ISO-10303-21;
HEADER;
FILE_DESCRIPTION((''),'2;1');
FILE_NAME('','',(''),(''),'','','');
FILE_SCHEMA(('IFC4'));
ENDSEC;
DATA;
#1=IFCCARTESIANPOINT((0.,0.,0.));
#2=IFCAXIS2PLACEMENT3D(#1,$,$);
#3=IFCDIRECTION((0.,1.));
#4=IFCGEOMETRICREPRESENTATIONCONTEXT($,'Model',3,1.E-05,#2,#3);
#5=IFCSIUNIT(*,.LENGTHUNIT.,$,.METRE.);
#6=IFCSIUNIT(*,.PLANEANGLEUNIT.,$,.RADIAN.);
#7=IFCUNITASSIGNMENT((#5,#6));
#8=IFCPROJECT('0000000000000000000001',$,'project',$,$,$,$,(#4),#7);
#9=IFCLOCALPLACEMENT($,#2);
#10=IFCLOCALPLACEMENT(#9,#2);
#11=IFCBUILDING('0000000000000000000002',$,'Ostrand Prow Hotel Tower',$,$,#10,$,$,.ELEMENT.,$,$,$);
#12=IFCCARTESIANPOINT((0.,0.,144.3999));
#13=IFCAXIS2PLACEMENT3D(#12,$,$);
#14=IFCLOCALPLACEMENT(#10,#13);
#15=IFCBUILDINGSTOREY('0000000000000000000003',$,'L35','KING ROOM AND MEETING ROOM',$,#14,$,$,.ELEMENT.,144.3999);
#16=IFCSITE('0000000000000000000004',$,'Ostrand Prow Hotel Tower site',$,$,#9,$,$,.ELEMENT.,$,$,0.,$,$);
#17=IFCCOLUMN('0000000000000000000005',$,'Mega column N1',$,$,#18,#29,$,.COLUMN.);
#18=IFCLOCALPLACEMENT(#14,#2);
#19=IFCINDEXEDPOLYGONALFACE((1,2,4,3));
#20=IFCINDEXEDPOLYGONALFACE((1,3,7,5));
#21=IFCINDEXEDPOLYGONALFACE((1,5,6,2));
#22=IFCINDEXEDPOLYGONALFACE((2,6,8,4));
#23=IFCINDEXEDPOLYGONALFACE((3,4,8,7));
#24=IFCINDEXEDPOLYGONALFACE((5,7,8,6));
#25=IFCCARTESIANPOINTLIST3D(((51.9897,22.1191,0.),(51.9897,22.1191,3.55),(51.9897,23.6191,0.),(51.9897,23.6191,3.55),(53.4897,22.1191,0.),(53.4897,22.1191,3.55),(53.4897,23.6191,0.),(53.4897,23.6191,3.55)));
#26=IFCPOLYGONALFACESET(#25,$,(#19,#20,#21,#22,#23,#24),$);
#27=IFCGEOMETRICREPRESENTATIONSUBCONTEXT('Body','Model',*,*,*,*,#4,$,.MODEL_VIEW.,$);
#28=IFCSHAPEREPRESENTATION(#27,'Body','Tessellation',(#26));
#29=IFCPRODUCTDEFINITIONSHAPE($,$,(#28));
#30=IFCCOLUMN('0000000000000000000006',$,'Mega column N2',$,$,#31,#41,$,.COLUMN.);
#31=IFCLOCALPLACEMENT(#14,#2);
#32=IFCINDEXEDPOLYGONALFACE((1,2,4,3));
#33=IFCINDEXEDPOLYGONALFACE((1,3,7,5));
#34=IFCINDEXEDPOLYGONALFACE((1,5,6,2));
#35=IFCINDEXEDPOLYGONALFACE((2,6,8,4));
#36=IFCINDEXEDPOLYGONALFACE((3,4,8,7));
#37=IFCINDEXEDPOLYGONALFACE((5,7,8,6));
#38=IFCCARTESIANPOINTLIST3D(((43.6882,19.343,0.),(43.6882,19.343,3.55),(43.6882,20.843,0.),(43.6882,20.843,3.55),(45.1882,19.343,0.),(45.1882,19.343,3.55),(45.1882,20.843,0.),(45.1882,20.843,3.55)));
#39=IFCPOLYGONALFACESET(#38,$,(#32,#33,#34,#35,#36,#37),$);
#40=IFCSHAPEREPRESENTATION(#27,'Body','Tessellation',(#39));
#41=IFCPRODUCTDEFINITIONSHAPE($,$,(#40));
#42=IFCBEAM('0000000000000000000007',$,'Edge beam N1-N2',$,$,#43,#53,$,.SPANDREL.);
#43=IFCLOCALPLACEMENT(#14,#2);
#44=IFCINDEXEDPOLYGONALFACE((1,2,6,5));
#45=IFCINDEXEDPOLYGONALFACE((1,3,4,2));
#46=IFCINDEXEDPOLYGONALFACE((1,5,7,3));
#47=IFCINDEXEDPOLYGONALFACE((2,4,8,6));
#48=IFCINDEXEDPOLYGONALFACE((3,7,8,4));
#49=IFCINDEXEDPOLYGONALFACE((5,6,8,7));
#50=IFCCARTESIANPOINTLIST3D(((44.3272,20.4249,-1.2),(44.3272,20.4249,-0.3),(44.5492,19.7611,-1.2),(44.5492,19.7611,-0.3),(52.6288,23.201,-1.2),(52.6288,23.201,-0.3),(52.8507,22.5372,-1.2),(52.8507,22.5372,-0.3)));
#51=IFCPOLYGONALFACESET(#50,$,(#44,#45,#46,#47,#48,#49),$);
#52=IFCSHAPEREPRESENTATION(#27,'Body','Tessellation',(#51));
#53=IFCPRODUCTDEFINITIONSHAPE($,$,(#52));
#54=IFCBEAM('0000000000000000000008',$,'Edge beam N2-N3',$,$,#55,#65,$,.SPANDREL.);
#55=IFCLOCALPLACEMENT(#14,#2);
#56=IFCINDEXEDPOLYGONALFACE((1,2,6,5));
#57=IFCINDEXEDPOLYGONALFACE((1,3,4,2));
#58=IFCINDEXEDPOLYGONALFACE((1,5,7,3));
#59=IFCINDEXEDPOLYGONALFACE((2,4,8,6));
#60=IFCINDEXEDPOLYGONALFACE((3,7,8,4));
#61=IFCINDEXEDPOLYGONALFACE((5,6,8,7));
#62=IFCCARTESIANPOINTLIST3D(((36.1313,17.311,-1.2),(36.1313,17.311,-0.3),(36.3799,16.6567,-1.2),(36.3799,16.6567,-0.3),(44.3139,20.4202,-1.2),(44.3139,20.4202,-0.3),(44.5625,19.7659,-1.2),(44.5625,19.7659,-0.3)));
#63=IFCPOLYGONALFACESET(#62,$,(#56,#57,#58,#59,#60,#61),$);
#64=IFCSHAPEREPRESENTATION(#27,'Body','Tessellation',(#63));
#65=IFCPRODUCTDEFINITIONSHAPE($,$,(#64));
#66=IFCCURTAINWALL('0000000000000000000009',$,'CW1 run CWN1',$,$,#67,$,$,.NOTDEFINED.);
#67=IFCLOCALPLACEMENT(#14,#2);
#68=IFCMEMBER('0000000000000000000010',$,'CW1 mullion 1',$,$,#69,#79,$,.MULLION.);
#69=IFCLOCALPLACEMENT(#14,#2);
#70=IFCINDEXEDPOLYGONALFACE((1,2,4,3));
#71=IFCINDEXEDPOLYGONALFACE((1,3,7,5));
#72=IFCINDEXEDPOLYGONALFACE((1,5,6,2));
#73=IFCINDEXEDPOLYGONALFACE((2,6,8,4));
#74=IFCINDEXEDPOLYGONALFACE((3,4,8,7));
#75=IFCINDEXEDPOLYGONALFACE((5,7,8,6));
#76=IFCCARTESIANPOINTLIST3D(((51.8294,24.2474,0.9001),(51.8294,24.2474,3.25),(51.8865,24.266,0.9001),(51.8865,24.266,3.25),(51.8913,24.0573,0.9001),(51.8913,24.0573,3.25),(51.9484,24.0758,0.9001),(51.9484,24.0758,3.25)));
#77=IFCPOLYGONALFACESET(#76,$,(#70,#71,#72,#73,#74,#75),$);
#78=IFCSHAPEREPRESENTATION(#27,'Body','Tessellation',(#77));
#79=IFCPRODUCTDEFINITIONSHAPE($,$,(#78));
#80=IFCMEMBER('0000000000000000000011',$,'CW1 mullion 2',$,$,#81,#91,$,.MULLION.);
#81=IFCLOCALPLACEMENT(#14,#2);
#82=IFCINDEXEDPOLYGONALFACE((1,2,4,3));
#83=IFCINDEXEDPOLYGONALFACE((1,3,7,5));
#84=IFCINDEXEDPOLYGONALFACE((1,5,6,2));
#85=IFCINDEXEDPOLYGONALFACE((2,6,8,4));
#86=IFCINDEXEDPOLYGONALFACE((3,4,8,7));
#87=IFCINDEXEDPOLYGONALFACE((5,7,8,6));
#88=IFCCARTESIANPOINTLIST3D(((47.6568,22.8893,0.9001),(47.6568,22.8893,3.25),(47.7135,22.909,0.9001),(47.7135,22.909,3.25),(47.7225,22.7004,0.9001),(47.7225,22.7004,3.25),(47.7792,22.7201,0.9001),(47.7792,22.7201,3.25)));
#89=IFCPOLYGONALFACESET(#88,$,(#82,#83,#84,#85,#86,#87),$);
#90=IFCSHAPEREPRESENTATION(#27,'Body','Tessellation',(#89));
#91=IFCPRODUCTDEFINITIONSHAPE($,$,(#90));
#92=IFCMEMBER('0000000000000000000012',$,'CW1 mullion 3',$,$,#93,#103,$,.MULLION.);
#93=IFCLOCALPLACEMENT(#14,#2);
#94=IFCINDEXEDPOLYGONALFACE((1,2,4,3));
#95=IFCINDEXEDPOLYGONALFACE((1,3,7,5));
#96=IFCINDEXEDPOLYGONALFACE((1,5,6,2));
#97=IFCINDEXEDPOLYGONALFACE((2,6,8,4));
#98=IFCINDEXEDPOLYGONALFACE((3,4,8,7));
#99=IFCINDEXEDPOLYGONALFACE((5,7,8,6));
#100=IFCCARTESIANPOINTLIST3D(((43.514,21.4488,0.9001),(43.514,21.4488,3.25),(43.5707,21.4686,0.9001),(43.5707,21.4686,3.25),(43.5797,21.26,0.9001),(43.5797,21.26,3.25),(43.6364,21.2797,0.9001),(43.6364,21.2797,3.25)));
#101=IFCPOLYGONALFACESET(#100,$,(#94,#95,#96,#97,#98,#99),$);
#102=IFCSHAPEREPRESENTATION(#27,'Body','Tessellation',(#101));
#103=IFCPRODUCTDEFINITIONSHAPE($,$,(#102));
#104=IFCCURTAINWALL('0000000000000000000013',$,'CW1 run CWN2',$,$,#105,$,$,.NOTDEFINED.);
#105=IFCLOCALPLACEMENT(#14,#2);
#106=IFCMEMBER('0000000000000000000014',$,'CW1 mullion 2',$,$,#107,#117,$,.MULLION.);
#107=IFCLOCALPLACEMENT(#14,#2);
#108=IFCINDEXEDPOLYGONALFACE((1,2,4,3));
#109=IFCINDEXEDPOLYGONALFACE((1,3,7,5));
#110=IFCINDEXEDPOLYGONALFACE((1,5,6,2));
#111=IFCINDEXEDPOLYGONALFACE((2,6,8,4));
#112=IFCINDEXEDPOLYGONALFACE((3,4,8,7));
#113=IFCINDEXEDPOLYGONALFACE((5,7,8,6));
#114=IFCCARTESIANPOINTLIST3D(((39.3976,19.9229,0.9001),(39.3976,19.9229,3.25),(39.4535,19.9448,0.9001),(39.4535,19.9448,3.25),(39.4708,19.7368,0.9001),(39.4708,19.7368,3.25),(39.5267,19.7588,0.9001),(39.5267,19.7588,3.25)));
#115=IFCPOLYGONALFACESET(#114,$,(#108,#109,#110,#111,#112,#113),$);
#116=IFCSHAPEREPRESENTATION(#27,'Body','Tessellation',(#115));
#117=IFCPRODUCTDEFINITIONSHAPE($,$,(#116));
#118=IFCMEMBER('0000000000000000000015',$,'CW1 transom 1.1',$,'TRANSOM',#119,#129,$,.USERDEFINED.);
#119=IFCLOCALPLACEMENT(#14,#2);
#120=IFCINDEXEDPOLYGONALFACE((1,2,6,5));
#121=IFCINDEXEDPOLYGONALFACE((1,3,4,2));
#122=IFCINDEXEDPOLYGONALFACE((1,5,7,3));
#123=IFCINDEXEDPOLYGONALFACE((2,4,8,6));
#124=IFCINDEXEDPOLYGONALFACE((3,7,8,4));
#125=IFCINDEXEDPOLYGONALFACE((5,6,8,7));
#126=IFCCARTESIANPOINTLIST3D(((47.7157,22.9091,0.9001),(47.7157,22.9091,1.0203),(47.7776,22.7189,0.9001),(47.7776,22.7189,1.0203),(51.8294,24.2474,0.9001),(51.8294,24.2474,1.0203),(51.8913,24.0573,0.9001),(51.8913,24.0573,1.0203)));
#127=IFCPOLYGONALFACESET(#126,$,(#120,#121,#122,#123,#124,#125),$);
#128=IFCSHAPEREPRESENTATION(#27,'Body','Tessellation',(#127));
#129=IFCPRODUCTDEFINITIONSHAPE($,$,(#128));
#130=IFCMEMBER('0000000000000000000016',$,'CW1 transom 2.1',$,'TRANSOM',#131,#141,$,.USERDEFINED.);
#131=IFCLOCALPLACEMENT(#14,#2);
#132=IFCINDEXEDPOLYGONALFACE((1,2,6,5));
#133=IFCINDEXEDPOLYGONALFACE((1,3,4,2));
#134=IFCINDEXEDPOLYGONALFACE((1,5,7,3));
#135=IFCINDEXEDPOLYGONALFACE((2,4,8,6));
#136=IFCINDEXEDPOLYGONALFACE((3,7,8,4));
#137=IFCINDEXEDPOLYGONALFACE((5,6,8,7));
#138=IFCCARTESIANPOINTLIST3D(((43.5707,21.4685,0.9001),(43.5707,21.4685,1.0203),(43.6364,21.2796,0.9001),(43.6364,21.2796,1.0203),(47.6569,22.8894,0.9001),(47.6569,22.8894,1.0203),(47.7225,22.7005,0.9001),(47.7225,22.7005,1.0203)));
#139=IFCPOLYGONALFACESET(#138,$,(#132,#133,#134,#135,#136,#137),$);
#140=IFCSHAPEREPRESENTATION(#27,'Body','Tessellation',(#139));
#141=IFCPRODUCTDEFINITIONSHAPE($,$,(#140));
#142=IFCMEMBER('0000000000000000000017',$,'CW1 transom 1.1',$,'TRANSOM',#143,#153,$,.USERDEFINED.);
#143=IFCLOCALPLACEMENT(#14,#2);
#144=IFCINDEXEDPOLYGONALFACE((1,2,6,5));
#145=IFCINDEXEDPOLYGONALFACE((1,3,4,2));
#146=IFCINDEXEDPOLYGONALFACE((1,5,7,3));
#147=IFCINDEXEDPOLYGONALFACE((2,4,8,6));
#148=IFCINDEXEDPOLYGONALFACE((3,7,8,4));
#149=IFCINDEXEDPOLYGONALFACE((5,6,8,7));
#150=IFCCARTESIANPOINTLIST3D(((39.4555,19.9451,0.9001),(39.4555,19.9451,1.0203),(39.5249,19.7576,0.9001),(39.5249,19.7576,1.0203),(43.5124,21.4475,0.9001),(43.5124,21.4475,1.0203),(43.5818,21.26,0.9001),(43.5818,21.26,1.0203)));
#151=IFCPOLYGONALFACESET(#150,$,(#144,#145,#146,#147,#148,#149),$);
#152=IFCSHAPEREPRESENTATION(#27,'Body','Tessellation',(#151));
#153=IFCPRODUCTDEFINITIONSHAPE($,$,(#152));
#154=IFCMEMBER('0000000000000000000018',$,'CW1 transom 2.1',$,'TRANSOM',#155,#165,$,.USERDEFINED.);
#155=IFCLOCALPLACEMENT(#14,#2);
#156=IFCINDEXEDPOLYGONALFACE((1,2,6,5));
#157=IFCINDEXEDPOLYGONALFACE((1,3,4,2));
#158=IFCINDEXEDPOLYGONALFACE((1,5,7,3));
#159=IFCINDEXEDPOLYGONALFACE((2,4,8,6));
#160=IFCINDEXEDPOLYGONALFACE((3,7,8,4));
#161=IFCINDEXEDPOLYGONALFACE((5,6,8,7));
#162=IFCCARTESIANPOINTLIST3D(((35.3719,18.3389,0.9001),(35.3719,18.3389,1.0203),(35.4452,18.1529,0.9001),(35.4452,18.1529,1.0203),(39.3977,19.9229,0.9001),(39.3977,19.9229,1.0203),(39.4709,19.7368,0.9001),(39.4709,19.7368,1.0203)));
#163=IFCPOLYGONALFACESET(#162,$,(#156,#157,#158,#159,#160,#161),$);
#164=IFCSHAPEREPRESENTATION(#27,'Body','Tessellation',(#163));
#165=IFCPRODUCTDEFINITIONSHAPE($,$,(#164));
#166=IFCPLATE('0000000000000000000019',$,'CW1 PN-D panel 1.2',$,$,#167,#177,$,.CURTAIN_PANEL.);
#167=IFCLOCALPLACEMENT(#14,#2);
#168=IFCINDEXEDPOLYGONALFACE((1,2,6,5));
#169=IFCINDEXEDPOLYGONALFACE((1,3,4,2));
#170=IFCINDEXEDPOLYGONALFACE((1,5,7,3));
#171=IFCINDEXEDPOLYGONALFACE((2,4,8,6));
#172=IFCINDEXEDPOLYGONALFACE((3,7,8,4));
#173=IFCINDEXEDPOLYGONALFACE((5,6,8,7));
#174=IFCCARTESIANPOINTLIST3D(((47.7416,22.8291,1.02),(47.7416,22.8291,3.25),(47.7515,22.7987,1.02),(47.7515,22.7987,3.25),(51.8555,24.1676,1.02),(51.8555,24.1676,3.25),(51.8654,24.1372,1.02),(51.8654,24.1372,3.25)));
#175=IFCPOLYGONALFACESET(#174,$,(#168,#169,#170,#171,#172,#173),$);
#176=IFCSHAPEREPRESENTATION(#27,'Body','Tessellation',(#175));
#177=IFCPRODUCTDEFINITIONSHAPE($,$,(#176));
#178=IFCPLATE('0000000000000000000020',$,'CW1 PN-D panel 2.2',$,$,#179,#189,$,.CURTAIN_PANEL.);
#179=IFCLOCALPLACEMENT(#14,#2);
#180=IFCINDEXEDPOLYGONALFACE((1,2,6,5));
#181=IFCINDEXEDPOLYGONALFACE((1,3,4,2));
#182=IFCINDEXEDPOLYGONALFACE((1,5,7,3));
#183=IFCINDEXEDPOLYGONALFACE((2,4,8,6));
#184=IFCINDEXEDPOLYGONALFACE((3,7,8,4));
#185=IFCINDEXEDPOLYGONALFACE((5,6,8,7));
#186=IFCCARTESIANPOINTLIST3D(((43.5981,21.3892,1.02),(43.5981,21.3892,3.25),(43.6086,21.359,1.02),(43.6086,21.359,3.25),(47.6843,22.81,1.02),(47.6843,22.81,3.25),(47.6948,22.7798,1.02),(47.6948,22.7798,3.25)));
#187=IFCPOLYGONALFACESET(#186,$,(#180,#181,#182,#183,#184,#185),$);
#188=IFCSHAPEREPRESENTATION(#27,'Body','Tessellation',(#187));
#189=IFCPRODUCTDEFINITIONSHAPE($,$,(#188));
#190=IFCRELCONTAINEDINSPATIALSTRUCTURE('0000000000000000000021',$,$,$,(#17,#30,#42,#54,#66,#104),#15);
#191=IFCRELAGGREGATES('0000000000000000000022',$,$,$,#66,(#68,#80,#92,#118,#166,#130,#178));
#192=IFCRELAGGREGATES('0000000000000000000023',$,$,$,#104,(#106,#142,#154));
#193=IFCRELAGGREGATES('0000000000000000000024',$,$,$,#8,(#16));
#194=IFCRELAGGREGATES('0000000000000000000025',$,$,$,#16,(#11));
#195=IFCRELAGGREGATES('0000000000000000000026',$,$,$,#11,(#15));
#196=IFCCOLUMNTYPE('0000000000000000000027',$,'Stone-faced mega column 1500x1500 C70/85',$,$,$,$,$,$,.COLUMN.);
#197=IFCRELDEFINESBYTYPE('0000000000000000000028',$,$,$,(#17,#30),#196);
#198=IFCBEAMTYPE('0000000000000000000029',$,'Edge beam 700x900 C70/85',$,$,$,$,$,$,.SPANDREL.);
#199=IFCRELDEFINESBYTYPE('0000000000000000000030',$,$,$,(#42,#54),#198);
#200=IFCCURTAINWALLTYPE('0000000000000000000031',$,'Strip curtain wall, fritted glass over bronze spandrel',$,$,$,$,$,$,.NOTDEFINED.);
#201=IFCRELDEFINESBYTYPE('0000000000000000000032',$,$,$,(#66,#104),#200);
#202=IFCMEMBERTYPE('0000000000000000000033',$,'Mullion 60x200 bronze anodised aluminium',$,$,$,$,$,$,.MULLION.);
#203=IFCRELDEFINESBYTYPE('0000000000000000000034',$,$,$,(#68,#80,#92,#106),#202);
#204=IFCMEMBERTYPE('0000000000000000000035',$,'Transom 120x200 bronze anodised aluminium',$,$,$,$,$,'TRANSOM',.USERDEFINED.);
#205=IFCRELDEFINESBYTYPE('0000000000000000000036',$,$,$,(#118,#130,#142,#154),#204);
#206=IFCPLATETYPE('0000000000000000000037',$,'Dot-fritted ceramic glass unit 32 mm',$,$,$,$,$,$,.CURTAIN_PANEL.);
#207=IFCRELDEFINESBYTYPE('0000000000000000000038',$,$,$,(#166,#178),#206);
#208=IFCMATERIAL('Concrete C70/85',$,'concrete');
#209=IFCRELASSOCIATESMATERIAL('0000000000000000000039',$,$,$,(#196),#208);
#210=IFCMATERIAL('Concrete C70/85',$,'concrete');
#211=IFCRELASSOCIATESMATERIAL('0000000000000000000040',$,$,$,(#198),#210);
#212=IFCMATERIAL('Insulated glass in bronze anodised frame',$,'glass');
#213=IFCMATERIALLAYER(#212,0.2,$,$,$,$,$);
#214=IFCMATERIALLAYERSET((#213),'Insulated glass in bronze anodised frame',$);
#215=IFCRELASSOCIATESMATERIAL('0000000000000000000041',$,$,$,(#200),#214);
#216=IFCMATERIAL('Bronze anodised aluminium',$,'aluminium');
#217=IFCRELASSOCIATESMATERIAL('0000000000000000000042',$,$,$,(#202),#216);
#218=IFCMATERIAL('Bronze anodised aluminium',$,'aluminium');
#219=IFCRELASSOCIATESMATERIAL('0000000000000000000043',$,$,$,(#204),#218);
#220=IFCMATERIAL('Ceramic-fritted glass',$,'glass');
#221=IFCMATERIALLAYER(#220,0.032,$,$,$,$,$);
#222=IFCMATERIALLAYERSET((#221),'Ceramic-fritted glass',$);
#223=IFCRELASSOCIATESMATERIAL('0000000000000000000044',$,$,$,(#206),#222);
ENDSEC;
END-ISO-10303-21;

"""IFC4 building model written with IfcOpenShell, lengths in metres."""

from ifc_helpers import new_model, si_unit, direction, frame, origin, origin_2d, place, context, subcontext, project, spatial, rectangle, extrude, material, layer, layer_set, material_profile, profile_set, type_object, element, aggregate, save


model = new_model("IFC4")

# Units and contexts
model_context = context("Model", 3, precision=1e-05, world=origin(), true_north=direction((0.0, 1.0)))
body_context = subcontext(model_context, "Body", "Model", "MODEL_VIEW")
ifc_project = project(units=[si_unit("LENGTHUNIT", "METRE"), si_unit("PLANEANGLEUNIT", "RADIAN")], contexts=[model_context])

# Site, building, storey
site_placement = place(None, origin())
site = spatial("IfcSite", under=ifc_project, at=site_placement, Name="Ostrand Prow Hotel Tower site", CompositionType="ELEMENT", RefElevation=0.0)
building_placement = place(site_placement, origin())
building = spatial("IfcBuilding", under=site, at=building_placement, Name="Ostrand Prow Hotel Tower", CompositionType="ELEMENT")
storey_placement = place(building_placement, frame((0.0, 0.0, 144.3999)))
storey = spatial("IfcBuildingStorey", under=building, at=storey_placement, Name="L35", Description="KING ROOM AND MEETING ROOM", CompositionType="ELEMENT", Elevation=144.3999)

# Columns
ifc_material_1 = material(Name="Concrete C70/85", Category="concrete")
ifc_material_profile_1 = material_profile(ifc_material_1, rectangle(XDim=1.5, YDim=1.5, at=origin_2d()), Name="RC 1500x1500")
ifc_profile_set_1 = profile_set([ifc_material_profile_1], Name="Concrete C70/85")
column_type = type_object("IfcColumnType", Name="Stone-faced mega column 1500x1500 C70/85", PredefinedType="COLUMN", material=ifc_profile_set_1)
for number, where, z_axis, x_axis, name in (
    (1, (52.7397, 22.8691, 0.0), (0.0, 0.0, 1.0), (1.0, 0.0, 0.0), "Mega column N1"),
    (2, (44.4382, 20.093, 0.0), (0.0, 0.0, 1.0), (1.0, 0.0, 0.0), "Mega column N2"),
):
    element("IfcColumn", number, at=place(storey_placement, frame(where, z_axis=z_axis, x_axis=x_axis)), inside=storey, type_object=column_type, Name=name, PredefinedType="COLUMN", context=body_context, shape_type="SweptSolid", body=[
        extrude(rectangle(XDim=1.5, YDim=1.5, at=origin_2d()), origin(), (0.0, 0.0, 1.0), 3.55),
    ])

# Beams
ifc_material_2 = material(Name="Concrete C70/85", Category="concrete")
ifc_material_profile_2 = material_profile(ifc_material_2, rectangle(XDim=0.7, YDim=0.8999, at=origin_2d()), Name="RC 700x900")
ifc_profile_set_2 = profile_set([ifc_material_profile_2], Name="Concrete C70/85")
beam_type = type_object("IfcBeamType", Name="Edge beam 700x900 C70/85", PredefinedType="SPANDREL", material=ifc_profile_set_2)
for number, where, z_axis, x_axis, name in (
    (3, (52.7397, 22.8691, -0.75), (-0.948376, -0.317148, 0.0), (0.317148, -0.948376, 0.0), "Edge beam N1-N2"),
    (4, (44.4382, 20.093, -0.75), (-0.934794, -0.355191, 0.0), (0.355191, -0.934794, 0.0), "Edge beam N2-N3"),
):
    element("IfcBeam", number, at=place(storey_placement, frame(where, z_axis=z_axis, x_axis=x_axis)), inside=storey, type_object=beam_type, Name=name, PredefinedType="SPANDREL", context=body_context, shape_type="SweptSolid", body=[
        extrude(rectangle(XDim=0.7, YDim=0.8999, at=origin_2d()), origin(), (0.0, 0.0, 1.0), 8.7534),
    ])

# Curtain wall, members
ifc_material_3 = material(Name="Insulated glass in bronze anodised frame", Category="glass")
ifc_layer_1 = layer(ifc_material_3, 0.2)
ifc_layer_set_1 = layer_set([ifc_layer_1], Name="Insulated glass in bronze anodised frame")
curtain_wall_type = type_object("IfcCurtainWallType", Name="Strip curtain wall, fritted glass over bronze spandrel", PredefinedType="NOTDEFINED", material=ifc_layer_set_1)
curtain_wall_1_placement = place(storey_placement, origin())
curtain_wall_1 = element("IfcCurtainWall", 5, at=curtain_wall_1_placement, inside=storey, type_object=curtain_wall_type, Name="CW1 run CWN1", PredefinedType="NOTDEFINED")
ifc_material_4 = material(Name="Bronze anodised aluminium", Category="aluminium")
ifc_material_profile_3 = material_profile(ifc_material_4, rectangle(XDim=0.2, YDim=0.0601, at=origin_2d()), Name="Mullion 60x200 bronze anodised aluminium")
ifc_profile_set_3 = profile_set([ifc_material_profile_3], Name="Bronze anodised aluminium")
member_type_1 = type_object("IfcMemberType", Name="Mullion 60x200 bronze anodised aluminium", PredefinedType="MULLION", material=ifc_profile_set_3)
member_1_placement = place(storey_placement, frame((51.8889, 24.1616, 0.9001), z_axis=(0.0, 0.0, 1.0), x_axis=(0.30938, -0.950938, 0.0)))
member_1 = element("IfcMember", 6, at=member_1_placement, type_object=member_type_1, Name="CW1 mullion 1", PredefinedType="MULLION", context=body_context, shape_type="SweptSolid", body=[
    extrude(rectangle(XDim=0.2, YDim=0.0601, at=origin_2d()), origin(), (0.0, 0.0, 1.0), 2.3499),
])
member_2_placement = place(storey_placement, frame((47.718, 22.8047, 0.9001), z_axis=(0.0, 0.0, 1.0), x_axis=(0.328428, -0.944529, 0.0)))
member_2 = element("IfcMember", 7, at=member_2_placement, type_object=member_type_1, Name="CW1 mullion 2", PredefinedType="MULLION", context=body_context, shape_type="SweptSolid", body=[
    extrude(rectangle(XDim=0.2, YDim=0.0601, at=origin_2d()), origin(), (0.0, 0.0, 1.0), 2.3499),
])
member_3_placement = place(storey_placement, frame((43.5752, 21.3643, 0.9001), z_axis=(0.0, 0.0, 1.0), x_axis=(0.328428, -0.944529, 0.0)))
member_3 = element("IfcMember", 8, at=member_3_placement, type_object=member_type_1, Name="CW1 mullion 3", PredefinedType="MULLION", context=body_context, shape_type="SweptSolid", body=[
    extrude(rectangle(XDim=0.2, YDim=0.0601, at=origin_2d()), origin(), (0.0, 0.0, 1.0), 2.3499),
])

# Curtain wall, member
curtain_wall_2_placement = place(storey_placement, origin())
curtain_wall_2 = element("IfcCurtainWall", 9, at=curtain_wall_2_placement, inside=storey, type_object=curtain_wall_type, Name="CW1 run CWN2", PredefinedType="NOTDEFINED")
member_4_placement = place(storey_placement, frame((39.4622, 19.8408, 0.9001), z_axis=(0.0, 0.0, 1.0), x_axis=(0.366116, -0.930569, 0.0)))
member_4 = element("IfcMember", 10, at=member_4_placement, type_object=member_type_1, Name="CW1 mullion 2", PredefinedType="MULLION", context=body_context, shape_type="SweptSolid", body=[
    extrude(rectangle(XDim=0.2, YDim=0.0601, at=origin_2d()), origin(), (0.0, 0.0, 1.0), 2.3499),
])

# Members
ifc_material_5 = material(Name="Bronze anodised aluminium", Category="aluminium")
ifc_material_profile_4 = material_profile(ifc_material_5, rectangle(XDim=0.2, YDim=0.1201, at=origin_2d()), Name="Transom 120x200 bronze anodised aluminium")
ifc_profile_set_4 = profile_set([ifc_material_profile_4], Name="Bronze anodised aluminium")
member_type_2 = type_object("IfcMemberType", Name="Transom 120x200 bronze anodised aluminium", ElementType="TRANSOM", PredefinedType="USERDEFINED", material=ifc_profile_set_4)
member_5_placement = place(storey_placement, frame((51.8604, 24.1523, 0.9602), z_axis=(-0.950939, -0.30938, 0.0), x_axis=(0.30938, -0.950939, 0.0)))
member_5 = element("IfcMember", 11, at=member_5_placement, type_object=member_type_2, Name="CW1 transom 1.1", ObjectType="TRANSOM", PredefinedType="USERDEFINED", context=body_context, shape_type="SweptSolid", body=[
    extrude(rectangle(XDim=0.2, YDim=0.1201, at=origin_2d()), origin(), (0.0, 0.0, 1.0), 4.3259),
])
member_6_placement = place(storey_placement, frame((47.6897, 22.7949, 0.9602), z_axis=(-0.944524, -0.328442, 0.0), x_axis=(0.328442, -0.944524, 0.0)))
member_6 = element("IfcMember", 12, at=member_6_placement, type_object=member_type_2, Name="CW1 transom 2.1", ObjectType="TRANSOM", PredefinedType="USERDEFINED", context=body_context, shape_type="SweptSolid", body=[
    extrude(rectangle(XDim=0.2, YDim=0.1201, at=origin_2d()), origin(), (0.0, 0.0, 1.0), 4.3262),
])
member_7_placement = place(storey_placement, frame((43.5471, 21.3538, 0.9602), z_axis=(-0.937757, -0.347292, 0.0), x_axis=(0.347292, -0.937757, 0.0)))
member_7 = element("IfcMember", 13, at=member_7_placement, type_object=member_type_2, Name="CW1 transom 1.1", ObjectType="TRANSOM", PredefinedType="USERDEFINED", context=body_context, shape_type="SweptSolid", body=[
    extrude(rectangle(XDim=0.2, YDim=0.1201, at=origin_2d()), origin(), (0.0, 0.0, 1.0), 4.3262),
])
member_8_placement = place(storey_placement, frame((39.4343, 19.8298, 0.9602), z_axis=(-0.930563, -0.366131, 0.0), x_axis=(0.366131, -0.930563, 0.0)))
member_8 = element("IfcMember", 14, at=member_8_placement, type_object=member_type_2, Name="CW1 transom 2.1", ObjectType="TRANSOM", PredefinedType="USERDEFINED", context=body_context, shape_type="SweptSolid", body=[
    extrude(rectangle(XDim=0.2, YDim=0.1201, at=origin_2d()), origin(), (0.0, 0.0, 1.0), 4.3262),
])

# Plates
ifc_material_6 = material(Name="Ceramic-fritted glass", Category="glass")
ifc_layer_2 = layer(ifc_material_6, 0.032)
ifc_layer_set_2 = layer_set([ifc_layer_2], Name="Ceramic-fritted glass")
plate_type_1 = type_object("IfcPlateType", Name="Dot-fritted ceramic glass unit 32 mm", PredefinedType="CURTAIN_PANEL", material=ifc_layer_set_2)
plate_1_placement = place(storey_placement, frame((49.8035, 23.4832, 1.02), z_axis=(0.0, 0.0, 1.0), x_axis=(-0.950938, -0.30938, 0.0)))
plate_1 = element("IfcPlate", 15, at=plate_1_placement, type_object=plate_type_1, Name="CW1 PN-D panel 1.2", PredefinedType="CURTAIN_PANEL", context=body_context, shape_type="SweptSolid", body=[
    extrude(rectangle(XDim=4.3262, YDim=0.032, at=origin_2d()), origin(), (0.0, 0.0, 1.0), 2.23),
])
plate_2_placement = place(storey_placement, frame((45.6465, 22.0845, 1.02), z_axis=(0.0, 0.0, 1.0), x_axis=(-0.944529, -0.328428, 0.0)))
plate_2 = element("IfcPlate", 16, at=plate_2_placement, type_object=plate_type_1, Name="CW1 PN-D panel 2.2", PredefinedType="CURTAIN_PANEL", context=body_context, shape_type="SweptSolid", body=[
    extrude(rectangle(XDim=4.3262, YDim=0.032, at=origin_2d()), origin(), (0.0, 0.0, 1.0), 2.23),
])
aggregate(curtain_wall_1, [member_1, member_2, member_3, member_5, plate_1, member_6, plate_2])
aggregate(curtain_wall_2, [member_4, member_7, member_8])

save(model, "model.ifc")
